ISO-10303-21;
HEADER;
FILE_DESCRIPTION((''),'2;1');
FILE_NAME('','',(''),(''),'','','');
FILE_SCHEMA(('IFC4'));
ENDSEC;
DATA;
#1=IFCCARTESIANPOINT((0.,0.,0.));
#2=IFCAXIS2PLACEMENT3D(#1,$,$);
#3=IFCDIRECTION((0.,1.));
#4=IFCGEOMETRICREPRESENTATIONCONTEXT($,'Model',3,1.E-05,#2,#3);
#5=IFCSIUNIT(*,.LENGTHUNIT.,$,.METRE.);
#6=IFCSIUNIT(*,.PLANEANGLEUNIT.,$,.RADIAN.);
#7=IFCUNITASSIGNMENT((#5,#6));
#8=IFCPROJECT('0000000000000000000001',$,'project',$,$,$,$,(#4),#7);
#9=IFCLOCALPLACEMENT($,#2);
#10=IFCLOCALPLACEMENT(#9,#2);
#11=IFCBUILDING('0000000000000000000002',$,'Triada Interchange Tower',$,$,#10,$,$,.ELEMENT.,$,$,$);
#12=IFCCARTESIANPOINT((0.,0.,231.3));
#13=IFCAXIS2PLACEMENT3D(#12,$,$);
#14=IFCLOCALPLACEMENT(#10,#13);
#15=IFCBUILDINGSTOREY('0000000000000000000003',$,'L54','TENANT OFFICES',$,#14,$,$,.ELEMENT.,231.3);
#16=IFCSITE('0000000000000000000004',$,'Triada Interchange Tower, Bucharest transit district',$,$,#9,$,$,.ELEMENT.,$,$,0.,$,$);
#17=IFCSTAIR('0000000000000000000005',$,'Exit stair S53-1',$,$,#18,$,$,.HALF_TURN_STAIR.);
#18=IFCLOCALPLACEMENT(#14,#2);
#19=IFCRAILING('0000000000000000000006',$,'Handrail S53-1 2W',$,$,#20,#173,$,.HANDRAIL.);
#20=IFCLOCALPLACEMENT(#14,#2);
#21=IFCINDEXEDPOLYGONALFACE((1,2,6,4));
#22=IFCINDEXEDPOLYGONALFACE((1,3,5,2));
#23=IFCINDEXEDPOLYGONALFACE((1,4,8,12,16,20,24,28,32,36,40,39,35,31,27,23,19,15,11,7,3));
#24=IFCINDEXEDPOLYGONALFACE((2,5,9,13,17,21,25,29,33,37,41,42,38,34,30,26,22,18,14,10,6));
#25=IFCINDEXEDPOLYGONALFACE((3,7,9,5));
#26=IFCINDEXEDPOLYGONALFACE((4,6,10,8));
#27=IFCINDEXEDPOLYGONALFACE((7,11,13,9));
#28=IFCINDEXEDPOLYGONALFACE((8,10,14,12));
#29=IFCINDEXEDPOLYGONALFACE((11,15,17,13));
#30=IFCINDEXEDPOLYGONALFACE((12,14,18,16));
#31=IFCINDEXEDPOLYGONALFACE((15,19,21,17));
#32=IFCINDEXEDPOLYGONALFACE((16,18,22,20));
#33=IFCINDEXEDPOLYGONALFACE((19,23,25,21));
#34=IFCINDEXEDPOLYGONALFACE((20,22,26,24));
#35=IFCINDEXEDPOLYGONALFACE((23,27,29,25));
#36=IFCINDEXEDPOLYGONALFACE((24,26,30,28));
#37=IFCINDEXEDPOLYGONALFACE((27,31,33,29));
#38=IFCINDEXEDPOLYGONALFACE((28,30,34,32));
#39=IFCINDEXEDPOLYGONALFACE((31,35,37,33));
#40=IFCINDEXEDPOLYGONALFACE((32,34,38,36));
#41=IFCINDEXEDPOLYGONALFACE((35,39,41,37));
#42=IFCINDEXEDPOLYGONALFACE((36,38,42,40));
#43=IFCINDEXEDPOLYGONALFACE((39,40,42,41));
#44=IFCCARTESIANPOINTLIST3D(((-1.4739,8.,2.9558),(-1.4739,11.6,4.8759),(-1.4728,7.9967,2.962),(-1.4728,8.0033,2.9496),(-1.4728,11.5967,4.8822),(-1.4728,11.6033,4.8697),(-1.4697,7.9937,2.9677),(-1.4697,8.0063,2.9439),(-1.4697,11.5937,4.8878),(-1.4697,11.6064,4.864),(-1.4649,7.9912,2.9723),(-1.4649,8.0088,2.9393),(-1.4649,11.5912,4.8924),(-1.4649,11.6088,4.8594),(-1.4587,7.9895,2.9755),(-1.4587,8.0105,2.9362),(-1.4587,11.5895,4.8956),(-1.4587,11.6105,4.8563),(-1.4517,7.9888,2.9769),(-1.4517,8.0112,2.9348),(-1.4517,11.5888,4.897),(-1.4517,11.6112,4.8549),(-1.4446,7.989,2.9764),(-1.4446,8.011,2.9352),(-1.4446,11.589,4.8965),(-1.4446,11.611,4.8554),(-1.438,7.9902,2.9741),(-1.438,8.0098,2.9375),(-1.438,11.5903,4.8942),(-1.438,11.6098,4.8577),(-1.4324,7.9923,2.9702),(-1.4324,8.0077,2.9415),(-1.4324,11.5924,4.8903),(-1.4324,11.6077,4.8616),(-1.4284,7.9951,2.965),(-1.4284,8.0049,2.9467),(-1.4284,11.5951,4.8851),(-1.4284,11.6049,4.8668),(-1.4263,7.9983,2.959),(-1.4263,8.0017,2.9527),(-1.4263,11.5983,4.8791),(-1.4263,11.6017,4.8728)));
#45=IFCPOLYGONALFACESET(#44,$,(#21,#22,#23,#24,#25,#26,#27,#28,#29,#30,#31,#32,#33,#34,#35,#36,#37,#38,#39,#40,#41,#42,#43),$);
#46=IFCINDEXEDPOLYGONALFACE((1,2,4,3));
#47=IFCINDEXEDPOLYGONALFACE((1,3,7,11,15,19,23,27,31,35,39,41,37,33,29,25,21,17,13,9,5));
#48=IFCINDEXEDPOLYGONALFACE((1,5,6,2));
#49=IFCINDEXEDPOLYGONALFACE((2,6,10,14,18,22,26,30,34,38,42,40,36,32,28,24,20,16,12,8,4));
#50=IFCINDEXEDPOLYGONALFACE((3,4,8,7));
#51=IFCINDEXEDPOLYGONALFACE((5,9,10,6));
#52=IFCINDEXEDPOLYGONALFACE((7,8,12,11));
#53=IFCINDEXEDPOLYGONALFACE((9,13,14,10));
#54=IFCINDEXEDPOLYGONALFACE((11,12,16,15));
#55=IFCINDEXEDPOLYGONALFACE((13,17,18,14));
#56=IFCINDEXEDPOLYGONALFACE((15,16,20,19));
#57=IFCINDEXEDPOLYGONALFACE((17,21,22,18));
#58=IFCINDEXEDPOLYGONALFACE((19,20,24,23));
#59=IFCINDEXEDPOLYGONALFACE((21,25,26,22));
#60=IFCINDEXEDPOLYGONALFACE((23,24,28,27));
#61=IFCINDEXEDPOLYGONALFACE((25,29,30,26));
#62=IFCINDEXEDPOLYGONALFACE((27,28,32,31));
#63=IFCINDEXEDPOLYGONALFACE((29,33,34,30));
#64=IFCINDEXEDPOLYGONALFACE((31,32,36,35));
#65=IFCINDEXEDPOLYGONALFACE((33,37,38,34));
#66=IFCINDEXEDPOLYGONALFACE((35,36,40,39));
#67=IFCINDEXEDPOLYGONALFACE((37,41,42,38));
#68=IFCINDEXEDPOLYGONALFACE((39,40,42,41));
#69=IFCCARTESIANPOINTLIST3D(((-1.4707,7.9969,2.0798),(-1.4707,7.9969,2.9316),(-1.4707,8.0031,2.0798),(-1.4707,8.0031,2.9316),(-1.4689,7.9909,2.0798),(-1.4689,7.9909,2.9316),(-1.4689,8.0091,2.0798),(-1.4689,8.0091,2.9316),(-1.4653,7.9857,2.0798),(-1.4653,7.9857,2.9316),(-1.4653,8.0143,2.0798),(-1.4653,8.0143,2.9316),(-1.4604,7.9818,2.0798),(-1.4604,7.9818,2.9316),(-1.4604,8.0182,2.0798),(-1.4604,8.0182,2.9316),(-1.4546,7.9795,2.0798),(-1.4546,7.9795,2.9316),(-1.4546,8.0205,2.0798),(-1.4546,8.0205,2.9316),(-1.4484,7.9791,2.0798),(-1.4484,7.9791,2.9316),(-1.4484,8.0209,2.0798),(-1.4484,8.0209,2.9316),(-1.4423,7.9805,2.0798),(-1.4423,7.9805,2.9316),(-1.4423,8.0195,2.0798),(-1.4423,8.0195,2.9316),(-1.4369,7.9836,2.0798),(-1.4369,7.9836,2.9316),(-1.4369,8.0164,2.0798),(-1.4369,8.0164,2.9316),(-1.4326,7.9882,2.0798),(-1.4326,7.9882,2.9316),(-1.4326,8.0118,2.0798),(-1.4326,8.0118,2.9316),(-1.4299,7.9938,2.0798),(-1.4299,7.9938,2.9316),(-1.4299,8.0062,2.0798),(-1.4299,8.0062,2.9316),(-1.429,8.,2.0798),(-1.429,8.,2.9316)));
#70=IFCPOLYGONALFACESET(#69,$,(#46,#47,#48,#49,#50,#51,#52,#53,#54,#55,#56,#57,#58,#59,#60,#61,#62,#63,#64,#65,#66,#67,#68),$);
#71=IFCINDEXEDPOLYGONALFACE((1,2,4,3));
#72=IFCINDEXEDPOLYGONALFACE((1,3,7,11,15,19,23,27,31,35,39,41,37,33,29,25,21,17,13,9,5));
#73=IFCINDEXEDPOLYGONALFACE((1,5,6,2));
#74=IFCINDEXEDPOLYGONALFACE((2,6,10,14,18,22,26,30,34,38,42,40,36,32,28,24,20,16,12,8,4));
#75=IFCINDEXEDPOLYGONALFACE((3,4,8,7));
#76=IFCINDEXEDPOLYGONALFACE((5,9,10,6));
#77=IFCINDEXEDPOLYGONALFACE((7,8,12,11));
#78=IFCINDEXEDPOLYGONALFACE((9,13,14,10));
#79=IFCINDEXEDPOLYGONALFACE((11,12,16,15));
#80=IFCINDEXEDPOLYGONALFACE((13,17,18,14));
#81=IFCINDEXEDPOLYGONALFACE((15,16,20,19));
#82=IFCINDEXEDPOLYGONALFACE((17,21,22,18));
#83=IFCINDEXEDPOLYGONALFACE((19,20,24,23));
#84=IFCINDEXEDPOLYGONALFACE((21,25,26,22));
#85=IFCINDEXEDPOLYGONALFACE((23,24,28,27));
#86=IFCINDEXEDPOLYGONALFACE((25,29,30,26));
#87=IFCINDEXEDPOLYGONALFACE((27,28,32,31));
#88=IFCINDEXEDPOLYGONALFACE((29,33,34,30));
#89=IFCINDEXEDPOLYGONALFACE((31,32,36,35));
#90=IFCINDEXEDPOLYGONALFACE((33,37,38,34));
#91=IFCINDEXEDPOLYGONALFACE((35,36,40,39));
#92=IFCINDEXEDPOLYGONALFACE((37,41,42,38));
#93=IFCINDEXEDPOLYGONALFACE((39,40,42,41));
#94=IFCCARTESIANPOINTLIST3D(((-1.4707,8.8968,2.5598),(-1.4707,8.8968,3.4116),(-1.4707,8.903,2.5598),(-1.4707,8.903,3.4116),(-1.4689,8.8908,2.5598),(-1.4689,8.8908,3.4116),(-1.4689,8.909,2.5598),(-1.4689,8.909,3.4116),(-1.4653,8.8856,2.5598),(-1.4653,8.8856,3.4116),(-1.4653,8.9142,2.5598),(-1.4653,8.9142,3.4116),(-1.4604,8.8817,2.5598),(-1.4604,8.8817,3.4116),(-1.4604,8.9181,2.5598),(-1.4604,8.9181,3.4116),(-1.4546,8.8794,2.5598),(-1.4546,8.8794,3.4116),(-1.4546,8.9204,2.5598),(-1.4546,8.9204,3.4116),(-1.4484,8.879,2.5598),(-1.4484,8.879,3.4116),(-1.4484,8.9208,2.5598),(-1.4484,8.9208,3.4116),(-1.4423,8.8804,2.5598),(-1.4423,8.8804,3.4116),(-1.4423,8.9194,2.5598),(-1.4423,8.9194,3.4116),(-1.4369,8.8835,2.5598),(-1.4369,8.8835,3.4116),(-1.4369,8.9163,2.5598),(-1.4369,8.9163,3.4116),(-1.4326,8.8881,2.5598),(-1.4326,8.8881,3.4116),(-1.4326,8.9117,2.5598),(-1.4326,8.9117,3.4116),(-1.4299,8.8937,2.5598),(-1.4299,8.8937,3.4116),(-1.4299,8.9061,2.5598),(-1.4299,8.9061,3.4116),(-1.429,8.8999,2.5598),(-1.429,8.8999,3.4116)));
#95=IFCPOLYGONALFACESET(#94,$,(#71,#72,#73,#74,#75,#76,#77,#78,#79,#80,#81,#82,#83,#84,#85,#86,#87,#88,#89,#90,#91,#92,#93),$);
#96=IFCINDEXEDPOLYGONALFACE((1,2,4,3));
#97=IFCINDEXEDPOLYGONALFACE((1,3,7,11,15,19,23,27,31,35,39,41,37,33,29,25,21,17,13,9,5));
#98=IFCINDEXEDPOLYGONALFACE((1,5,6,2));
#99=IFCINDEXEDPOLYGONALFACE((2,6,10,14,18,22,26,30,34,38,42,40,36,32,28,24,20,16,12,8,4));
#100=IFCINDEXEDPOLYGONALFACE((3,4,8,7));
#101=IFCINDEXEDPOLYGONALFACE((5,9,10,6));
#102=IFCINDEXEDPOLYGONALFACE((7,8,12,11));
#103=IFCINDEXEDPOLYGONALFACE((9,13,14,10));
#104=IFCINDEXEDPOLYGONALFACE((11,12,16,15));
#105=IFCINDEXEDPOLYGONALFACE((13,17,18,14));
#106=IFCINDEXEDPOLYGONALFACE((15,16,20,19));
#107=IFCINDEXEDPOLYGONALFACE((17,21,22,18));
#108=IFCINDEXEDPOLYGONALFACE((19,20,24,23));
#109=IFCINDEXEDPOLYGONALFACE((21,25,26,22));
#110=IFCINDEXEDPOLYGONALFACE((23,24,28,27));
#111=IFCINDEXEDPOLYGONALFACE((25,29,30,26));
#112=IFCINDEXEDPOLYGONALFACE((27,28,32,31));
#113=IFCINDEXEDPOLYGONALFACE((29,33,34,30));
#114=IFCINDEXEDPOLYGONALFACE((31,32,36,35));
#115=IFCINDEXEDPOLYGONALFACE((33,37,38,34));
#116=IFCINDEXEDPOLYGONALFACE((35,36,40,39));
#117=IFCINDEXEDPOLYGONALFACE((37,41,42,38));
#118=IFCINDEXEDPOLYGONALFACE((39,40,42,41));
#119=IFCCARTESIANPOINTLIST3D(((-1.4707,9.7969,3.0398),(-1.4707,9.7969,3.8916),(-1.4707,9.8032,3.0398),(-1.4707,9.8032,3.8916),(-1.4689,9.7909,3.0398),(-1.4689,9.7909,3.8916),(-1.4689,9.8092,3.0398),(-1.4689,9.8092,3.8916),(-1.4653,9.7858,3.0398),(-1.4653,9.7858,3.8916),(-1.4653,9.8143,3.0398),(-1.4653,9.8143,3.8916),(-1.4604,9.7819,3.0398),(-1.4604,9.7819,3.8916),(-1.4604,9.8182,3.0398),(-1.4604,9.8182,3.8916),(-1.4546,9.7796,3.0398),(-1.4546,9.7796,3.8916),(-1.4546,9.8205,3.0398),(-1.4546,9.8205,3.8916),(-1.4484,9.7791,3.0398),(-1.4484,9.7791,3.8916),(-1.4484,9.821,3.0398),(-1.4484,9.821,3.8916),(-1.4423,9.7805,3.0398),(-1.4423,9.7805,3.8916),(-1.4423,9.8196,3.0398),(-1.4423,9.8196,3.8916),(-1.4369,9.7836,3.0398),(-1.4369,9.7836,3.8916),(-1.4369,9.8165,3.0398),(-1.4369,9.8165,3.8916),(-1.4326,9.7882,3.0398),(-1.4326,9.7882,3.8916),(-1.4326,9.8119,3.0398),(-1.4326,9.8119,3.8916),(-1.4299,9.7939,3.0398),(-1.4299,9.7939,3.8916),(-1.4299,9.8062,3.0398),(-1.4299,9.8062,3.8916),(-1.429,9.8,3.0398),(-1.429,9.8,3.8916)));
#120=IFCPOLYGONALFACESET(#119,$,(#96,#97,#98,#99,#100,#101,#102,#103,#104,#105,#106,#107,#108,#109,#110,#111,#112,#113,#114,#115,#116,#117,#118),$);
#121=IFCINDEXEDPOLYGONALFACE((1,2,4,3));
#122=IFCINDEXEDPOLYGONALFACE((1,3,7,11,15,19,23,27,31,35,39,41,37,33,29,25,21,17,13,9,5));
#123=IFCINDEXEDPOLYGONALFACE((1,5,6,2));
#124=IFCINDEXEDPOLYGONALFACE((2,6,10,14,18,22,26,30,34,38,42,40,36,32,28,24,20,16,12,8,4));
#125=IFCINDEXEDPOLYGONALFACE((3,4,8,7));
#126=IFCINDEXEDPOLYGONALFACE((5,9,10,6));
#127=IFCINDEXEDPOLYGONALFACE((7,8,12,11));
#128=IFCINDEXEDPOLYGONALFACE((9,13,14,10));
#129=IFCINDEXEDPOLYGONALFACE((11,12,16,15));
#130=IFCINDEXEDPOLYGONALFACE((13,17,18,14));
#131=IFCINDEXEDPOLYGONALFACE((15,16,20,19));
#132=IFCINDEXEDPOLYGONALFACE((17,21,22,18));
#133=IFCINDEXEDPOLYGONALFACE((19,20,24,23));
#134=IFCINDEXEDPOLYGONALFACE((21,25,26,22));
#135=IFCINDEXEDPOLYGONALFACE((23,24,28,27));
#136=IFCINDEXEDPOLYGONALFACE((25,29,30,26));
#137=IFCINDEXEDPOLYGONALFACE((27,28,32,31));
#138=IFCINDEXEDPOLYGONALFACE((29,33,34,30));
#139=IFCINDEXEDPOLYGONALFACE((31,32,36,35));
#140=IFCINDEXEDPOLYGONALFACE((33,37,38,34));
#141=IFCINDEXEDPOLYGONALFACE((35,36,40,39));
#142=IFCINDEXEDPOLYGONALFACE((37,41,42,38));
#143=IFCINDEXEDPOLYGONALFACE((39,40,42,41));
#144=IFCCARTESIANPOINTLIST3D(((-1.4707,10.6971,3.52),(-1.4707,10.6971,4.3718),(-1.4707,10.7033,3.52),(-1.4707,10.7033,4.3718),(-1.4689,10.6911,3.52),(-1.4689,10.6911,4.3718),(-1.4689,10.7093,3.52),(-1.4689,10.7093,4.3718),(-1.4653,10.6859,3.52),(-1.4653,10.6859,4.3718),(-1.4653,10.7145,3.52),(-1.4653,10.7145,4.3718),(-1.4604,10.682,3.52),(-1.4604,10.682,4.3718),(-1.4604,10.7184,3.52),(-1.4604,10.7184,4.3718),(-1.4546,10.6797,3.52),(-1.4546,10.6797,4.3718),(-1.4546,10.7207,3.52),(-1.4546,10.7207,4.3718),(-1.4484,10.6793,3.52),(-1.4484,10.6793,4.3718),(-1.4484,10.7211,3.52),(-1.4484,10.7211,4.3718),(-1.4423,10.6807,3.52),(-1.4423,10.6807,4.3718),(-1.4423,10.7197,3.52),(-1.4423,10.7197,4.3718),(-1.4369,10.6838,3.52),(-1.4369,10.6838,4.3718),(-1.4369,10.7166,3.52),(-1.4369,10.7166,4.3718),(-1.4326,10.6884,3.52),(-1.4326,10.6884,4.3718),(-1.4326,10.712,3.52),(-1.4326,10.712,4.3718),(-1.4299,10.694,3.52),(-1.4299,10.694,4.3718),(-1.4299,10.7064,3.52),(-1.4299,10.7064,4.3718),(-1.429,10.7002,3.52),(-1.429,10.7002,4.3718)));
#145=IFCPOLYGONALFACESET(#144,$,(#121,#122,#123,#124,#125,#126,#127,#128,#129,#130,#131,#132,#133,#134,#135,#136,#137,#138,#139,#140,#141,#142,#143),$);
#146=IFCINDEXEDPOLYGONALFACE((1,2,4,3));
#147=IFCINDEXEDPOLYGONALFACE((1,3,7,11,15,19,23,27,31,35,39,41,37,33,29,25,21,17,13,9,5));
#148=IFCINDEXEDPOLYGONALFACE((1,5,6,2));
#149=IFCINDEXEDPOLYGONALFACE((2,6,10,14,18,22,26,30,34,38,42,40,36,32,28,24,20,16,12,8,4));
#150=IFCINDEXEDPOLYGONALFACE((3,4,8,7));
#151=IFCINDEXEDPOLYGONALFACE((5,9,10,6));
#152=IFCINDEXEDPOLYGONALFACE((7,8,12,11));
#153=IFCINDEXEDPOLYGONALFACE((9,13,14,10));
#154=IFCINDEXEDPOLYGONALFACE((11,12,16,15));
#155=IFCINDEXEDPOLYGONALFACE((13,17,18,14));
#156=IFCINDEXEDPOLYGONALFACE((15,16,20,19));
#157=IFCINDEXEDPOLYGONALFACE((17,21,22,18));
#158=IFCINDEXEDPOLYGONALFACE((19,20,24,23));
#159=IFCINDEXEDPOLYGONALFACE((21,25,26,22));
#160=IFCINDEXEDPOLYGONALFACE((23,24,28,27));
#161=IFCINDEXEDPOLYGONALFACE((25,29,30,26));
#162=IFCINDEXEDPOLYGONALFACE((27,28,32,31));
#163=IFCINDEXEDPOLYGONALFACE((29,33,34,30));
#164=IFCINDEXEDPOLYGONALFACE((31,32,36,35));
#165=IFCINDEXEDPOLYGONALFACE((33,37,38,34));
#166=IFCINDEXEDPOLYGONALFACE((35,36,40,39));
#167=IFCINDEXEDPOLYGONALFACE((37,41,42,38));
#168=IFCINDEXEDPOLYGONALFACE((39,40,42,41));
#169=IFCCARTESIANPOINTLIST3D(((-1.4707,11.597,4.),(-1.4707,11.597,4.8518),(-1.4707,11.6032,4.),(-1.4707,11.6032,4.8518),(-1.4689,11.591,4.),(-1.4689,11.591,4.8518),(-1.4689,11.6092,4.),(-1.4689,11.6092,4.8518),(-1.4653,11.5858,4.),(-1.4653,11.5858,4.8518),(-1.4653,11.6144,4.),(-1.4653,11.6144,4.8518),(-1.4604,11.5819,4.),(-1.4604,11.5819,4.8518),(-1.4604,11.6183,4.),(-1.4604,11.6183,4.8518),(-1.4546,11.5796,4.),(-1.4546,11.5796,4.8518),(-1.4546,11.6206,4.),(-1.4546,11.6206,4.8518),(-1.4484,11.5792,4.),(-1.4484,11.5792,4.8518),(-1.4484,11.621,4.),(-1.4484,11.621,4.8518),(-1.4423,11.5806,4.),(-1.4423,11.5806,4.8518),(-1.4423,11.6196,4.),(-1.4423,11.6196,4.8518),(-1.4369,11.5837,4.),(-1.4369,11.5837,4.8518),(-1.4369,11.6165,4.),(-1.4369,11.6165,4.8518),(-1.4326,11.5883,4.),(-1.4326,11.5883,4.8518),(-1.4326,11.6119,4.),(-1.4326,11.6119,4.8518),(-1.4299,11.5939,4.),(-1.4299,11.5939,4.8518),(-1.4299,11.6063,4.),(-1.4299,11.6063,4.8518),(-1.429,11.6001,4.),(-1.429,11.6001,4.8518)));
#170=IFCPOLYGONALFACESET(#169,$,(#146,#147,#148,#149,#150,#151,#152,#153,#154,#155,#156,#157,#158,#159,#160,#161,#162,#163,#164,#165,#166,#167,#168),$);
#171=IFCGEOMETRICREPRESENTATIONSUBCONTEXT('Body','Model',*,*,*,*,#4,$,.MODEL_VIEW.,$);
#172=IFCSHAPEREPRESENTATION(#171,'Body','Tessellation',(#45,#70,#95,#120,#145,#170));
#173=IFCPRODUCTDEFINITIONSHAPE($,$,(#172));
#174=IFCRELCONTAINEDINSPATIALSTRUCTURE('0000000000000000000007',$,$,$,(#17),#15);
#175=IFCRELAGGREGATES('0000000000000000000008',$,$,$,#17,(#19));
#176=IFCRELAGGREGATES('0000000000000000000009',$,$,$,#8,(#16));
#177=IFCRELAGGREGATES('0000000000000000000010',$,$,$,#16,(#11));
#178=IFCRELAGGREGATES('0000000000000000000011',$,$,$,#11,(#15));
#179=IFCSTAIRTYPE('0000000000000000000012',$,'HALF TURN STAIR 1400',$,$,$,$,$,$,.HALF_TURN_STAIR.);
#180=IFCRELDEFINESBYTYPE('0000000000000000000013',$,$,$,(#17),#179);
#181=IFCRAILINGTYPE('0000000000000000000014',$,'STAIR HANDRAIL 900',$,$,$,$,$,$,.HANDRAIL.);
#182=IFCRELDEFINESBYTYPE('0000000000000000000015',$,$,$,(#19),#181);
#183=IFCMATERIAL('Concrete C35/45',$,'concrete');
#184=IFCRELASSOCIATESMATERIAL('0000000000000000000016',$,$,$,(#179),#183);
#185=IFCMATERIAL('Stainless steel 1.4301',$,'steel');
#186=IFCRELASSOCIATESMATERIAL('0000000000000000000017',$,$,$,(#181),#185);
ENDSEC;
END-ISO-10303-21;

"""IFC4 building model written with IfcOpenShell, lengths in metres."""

from ifc_helpers import new_model, si_unit, direction, frame, origin, origin_2d, place, context, subcontext, project, spatial, circle, extrude, material, type_object, element, aggregate, save


model = new_model("IFC4")

# Units and contexts
model_context = context("Model", 3, precision=1e-05, world=origin(), true_north=direction((0.0, 1.0)))
body_context = subcontext(model_context, "Body", "Model", "MODEL_VIEW")
ifc_project = project(units=[si_unit("LENGTHUNIT", "METRE"), si_unit("PLANEANGLEUNIT", "RADIAN")], contexts=[model_context])

# Site, building, storey
site_placement = place(None, origin())
site = spatial("IfcSite", under=ifc_project, at=site_placement, Name="Triada Interchange Tower, Bucharest transit district", CompositionType="ELEMENT", RefElevation=0.0)
building_placement = place(site_placement, origin())
building = spatial("IfcBuilding", under=site, at=building_placement, Name="Triada Interchange Tower", CompositionType="ELEMENT")
storey_placement = place(building_placement, frame((0.0, 0.0, 231.3)))
storey = spatial("IfcBuildingStorey", under=building, at=storey_placement, Name="L54", Description="TENANT OFFICES", CompositionType="ELEMENT", Elevation=231.3)

# Stair
ifc_material_1 = material(Name="Concrete C35/45", Category="concrete")
stair_type = type_object("IfcStairType", Name="HALF TURN STAIR 1400", PredefinedType="HALF_TURN_STAIR", material=ifc_material_1)
stair_placement = place(storey_placement, origin())
stair = element("IfcStair", 1, at=stair_placement, inside=storey, type_object=stair_type, Name="Exit stair S53-1", PredefinedType="HALF_TURN_STAIR")

# Railing
ifc_material_2 = material(Name="Stainless steel 1.4301", Category="steel")
railing_type = type_object("IfcRailingType", Name="STAIR HANDRAIL 900", PredefinedType="HANDRAIL", material=ifc_material_2)
railing_1_placement = place(storey_placement, frame((-1.45, 8.0, 2.0798)))
railing_1 = element("IfcRailing", 2, at=railing_1_placement, type_object=railing_type, Name="Handrail S53-1 2W", PredefinedType="HANDRAIL", context=body_context, shape_type="SweptSolid", body=[
    extrude(circle(Radius=0.0239, at=origin_2d()), frame((0.0, 0.0, 0.876), z_axis=(0.0, 0.882341, 0.47061), x_axis=(-1.0, 0.0, 0.0)), (0.0, 0.0, 1.0), 4.0801),
    extrude(circle(Radius=0.021, at=origin_2d()), origin(), (0.0, 0.0, 1.0), 0.8518),
    extrude(circle(Radius=0.021, at=origin_2d()), frame((0.0, 0.8999, 0.48)), (0.0, 0.0, 1.0), 0.8518),
    extrude(circle(Radius=0.021, at=origin_2d()), frame((0.0, 1.8, 0.96)), (0.0, 0.0, 1.0), 0.8518),
    extrude(circle(Radius=0.021, at=origin_2d()), frame((0.0, 2.7002, 1.4402)), (0.0, 0.0, 1.0), 0.8518),
    extrude(circle(Radius=0.021, at=origin_2d()), frame((0.0, 3.6001, 1.9202)), (0.0, 0.0, 1.0), 0.8518),
])
aggregate(stair, [railing_1])

save(model, "model.ifc")
